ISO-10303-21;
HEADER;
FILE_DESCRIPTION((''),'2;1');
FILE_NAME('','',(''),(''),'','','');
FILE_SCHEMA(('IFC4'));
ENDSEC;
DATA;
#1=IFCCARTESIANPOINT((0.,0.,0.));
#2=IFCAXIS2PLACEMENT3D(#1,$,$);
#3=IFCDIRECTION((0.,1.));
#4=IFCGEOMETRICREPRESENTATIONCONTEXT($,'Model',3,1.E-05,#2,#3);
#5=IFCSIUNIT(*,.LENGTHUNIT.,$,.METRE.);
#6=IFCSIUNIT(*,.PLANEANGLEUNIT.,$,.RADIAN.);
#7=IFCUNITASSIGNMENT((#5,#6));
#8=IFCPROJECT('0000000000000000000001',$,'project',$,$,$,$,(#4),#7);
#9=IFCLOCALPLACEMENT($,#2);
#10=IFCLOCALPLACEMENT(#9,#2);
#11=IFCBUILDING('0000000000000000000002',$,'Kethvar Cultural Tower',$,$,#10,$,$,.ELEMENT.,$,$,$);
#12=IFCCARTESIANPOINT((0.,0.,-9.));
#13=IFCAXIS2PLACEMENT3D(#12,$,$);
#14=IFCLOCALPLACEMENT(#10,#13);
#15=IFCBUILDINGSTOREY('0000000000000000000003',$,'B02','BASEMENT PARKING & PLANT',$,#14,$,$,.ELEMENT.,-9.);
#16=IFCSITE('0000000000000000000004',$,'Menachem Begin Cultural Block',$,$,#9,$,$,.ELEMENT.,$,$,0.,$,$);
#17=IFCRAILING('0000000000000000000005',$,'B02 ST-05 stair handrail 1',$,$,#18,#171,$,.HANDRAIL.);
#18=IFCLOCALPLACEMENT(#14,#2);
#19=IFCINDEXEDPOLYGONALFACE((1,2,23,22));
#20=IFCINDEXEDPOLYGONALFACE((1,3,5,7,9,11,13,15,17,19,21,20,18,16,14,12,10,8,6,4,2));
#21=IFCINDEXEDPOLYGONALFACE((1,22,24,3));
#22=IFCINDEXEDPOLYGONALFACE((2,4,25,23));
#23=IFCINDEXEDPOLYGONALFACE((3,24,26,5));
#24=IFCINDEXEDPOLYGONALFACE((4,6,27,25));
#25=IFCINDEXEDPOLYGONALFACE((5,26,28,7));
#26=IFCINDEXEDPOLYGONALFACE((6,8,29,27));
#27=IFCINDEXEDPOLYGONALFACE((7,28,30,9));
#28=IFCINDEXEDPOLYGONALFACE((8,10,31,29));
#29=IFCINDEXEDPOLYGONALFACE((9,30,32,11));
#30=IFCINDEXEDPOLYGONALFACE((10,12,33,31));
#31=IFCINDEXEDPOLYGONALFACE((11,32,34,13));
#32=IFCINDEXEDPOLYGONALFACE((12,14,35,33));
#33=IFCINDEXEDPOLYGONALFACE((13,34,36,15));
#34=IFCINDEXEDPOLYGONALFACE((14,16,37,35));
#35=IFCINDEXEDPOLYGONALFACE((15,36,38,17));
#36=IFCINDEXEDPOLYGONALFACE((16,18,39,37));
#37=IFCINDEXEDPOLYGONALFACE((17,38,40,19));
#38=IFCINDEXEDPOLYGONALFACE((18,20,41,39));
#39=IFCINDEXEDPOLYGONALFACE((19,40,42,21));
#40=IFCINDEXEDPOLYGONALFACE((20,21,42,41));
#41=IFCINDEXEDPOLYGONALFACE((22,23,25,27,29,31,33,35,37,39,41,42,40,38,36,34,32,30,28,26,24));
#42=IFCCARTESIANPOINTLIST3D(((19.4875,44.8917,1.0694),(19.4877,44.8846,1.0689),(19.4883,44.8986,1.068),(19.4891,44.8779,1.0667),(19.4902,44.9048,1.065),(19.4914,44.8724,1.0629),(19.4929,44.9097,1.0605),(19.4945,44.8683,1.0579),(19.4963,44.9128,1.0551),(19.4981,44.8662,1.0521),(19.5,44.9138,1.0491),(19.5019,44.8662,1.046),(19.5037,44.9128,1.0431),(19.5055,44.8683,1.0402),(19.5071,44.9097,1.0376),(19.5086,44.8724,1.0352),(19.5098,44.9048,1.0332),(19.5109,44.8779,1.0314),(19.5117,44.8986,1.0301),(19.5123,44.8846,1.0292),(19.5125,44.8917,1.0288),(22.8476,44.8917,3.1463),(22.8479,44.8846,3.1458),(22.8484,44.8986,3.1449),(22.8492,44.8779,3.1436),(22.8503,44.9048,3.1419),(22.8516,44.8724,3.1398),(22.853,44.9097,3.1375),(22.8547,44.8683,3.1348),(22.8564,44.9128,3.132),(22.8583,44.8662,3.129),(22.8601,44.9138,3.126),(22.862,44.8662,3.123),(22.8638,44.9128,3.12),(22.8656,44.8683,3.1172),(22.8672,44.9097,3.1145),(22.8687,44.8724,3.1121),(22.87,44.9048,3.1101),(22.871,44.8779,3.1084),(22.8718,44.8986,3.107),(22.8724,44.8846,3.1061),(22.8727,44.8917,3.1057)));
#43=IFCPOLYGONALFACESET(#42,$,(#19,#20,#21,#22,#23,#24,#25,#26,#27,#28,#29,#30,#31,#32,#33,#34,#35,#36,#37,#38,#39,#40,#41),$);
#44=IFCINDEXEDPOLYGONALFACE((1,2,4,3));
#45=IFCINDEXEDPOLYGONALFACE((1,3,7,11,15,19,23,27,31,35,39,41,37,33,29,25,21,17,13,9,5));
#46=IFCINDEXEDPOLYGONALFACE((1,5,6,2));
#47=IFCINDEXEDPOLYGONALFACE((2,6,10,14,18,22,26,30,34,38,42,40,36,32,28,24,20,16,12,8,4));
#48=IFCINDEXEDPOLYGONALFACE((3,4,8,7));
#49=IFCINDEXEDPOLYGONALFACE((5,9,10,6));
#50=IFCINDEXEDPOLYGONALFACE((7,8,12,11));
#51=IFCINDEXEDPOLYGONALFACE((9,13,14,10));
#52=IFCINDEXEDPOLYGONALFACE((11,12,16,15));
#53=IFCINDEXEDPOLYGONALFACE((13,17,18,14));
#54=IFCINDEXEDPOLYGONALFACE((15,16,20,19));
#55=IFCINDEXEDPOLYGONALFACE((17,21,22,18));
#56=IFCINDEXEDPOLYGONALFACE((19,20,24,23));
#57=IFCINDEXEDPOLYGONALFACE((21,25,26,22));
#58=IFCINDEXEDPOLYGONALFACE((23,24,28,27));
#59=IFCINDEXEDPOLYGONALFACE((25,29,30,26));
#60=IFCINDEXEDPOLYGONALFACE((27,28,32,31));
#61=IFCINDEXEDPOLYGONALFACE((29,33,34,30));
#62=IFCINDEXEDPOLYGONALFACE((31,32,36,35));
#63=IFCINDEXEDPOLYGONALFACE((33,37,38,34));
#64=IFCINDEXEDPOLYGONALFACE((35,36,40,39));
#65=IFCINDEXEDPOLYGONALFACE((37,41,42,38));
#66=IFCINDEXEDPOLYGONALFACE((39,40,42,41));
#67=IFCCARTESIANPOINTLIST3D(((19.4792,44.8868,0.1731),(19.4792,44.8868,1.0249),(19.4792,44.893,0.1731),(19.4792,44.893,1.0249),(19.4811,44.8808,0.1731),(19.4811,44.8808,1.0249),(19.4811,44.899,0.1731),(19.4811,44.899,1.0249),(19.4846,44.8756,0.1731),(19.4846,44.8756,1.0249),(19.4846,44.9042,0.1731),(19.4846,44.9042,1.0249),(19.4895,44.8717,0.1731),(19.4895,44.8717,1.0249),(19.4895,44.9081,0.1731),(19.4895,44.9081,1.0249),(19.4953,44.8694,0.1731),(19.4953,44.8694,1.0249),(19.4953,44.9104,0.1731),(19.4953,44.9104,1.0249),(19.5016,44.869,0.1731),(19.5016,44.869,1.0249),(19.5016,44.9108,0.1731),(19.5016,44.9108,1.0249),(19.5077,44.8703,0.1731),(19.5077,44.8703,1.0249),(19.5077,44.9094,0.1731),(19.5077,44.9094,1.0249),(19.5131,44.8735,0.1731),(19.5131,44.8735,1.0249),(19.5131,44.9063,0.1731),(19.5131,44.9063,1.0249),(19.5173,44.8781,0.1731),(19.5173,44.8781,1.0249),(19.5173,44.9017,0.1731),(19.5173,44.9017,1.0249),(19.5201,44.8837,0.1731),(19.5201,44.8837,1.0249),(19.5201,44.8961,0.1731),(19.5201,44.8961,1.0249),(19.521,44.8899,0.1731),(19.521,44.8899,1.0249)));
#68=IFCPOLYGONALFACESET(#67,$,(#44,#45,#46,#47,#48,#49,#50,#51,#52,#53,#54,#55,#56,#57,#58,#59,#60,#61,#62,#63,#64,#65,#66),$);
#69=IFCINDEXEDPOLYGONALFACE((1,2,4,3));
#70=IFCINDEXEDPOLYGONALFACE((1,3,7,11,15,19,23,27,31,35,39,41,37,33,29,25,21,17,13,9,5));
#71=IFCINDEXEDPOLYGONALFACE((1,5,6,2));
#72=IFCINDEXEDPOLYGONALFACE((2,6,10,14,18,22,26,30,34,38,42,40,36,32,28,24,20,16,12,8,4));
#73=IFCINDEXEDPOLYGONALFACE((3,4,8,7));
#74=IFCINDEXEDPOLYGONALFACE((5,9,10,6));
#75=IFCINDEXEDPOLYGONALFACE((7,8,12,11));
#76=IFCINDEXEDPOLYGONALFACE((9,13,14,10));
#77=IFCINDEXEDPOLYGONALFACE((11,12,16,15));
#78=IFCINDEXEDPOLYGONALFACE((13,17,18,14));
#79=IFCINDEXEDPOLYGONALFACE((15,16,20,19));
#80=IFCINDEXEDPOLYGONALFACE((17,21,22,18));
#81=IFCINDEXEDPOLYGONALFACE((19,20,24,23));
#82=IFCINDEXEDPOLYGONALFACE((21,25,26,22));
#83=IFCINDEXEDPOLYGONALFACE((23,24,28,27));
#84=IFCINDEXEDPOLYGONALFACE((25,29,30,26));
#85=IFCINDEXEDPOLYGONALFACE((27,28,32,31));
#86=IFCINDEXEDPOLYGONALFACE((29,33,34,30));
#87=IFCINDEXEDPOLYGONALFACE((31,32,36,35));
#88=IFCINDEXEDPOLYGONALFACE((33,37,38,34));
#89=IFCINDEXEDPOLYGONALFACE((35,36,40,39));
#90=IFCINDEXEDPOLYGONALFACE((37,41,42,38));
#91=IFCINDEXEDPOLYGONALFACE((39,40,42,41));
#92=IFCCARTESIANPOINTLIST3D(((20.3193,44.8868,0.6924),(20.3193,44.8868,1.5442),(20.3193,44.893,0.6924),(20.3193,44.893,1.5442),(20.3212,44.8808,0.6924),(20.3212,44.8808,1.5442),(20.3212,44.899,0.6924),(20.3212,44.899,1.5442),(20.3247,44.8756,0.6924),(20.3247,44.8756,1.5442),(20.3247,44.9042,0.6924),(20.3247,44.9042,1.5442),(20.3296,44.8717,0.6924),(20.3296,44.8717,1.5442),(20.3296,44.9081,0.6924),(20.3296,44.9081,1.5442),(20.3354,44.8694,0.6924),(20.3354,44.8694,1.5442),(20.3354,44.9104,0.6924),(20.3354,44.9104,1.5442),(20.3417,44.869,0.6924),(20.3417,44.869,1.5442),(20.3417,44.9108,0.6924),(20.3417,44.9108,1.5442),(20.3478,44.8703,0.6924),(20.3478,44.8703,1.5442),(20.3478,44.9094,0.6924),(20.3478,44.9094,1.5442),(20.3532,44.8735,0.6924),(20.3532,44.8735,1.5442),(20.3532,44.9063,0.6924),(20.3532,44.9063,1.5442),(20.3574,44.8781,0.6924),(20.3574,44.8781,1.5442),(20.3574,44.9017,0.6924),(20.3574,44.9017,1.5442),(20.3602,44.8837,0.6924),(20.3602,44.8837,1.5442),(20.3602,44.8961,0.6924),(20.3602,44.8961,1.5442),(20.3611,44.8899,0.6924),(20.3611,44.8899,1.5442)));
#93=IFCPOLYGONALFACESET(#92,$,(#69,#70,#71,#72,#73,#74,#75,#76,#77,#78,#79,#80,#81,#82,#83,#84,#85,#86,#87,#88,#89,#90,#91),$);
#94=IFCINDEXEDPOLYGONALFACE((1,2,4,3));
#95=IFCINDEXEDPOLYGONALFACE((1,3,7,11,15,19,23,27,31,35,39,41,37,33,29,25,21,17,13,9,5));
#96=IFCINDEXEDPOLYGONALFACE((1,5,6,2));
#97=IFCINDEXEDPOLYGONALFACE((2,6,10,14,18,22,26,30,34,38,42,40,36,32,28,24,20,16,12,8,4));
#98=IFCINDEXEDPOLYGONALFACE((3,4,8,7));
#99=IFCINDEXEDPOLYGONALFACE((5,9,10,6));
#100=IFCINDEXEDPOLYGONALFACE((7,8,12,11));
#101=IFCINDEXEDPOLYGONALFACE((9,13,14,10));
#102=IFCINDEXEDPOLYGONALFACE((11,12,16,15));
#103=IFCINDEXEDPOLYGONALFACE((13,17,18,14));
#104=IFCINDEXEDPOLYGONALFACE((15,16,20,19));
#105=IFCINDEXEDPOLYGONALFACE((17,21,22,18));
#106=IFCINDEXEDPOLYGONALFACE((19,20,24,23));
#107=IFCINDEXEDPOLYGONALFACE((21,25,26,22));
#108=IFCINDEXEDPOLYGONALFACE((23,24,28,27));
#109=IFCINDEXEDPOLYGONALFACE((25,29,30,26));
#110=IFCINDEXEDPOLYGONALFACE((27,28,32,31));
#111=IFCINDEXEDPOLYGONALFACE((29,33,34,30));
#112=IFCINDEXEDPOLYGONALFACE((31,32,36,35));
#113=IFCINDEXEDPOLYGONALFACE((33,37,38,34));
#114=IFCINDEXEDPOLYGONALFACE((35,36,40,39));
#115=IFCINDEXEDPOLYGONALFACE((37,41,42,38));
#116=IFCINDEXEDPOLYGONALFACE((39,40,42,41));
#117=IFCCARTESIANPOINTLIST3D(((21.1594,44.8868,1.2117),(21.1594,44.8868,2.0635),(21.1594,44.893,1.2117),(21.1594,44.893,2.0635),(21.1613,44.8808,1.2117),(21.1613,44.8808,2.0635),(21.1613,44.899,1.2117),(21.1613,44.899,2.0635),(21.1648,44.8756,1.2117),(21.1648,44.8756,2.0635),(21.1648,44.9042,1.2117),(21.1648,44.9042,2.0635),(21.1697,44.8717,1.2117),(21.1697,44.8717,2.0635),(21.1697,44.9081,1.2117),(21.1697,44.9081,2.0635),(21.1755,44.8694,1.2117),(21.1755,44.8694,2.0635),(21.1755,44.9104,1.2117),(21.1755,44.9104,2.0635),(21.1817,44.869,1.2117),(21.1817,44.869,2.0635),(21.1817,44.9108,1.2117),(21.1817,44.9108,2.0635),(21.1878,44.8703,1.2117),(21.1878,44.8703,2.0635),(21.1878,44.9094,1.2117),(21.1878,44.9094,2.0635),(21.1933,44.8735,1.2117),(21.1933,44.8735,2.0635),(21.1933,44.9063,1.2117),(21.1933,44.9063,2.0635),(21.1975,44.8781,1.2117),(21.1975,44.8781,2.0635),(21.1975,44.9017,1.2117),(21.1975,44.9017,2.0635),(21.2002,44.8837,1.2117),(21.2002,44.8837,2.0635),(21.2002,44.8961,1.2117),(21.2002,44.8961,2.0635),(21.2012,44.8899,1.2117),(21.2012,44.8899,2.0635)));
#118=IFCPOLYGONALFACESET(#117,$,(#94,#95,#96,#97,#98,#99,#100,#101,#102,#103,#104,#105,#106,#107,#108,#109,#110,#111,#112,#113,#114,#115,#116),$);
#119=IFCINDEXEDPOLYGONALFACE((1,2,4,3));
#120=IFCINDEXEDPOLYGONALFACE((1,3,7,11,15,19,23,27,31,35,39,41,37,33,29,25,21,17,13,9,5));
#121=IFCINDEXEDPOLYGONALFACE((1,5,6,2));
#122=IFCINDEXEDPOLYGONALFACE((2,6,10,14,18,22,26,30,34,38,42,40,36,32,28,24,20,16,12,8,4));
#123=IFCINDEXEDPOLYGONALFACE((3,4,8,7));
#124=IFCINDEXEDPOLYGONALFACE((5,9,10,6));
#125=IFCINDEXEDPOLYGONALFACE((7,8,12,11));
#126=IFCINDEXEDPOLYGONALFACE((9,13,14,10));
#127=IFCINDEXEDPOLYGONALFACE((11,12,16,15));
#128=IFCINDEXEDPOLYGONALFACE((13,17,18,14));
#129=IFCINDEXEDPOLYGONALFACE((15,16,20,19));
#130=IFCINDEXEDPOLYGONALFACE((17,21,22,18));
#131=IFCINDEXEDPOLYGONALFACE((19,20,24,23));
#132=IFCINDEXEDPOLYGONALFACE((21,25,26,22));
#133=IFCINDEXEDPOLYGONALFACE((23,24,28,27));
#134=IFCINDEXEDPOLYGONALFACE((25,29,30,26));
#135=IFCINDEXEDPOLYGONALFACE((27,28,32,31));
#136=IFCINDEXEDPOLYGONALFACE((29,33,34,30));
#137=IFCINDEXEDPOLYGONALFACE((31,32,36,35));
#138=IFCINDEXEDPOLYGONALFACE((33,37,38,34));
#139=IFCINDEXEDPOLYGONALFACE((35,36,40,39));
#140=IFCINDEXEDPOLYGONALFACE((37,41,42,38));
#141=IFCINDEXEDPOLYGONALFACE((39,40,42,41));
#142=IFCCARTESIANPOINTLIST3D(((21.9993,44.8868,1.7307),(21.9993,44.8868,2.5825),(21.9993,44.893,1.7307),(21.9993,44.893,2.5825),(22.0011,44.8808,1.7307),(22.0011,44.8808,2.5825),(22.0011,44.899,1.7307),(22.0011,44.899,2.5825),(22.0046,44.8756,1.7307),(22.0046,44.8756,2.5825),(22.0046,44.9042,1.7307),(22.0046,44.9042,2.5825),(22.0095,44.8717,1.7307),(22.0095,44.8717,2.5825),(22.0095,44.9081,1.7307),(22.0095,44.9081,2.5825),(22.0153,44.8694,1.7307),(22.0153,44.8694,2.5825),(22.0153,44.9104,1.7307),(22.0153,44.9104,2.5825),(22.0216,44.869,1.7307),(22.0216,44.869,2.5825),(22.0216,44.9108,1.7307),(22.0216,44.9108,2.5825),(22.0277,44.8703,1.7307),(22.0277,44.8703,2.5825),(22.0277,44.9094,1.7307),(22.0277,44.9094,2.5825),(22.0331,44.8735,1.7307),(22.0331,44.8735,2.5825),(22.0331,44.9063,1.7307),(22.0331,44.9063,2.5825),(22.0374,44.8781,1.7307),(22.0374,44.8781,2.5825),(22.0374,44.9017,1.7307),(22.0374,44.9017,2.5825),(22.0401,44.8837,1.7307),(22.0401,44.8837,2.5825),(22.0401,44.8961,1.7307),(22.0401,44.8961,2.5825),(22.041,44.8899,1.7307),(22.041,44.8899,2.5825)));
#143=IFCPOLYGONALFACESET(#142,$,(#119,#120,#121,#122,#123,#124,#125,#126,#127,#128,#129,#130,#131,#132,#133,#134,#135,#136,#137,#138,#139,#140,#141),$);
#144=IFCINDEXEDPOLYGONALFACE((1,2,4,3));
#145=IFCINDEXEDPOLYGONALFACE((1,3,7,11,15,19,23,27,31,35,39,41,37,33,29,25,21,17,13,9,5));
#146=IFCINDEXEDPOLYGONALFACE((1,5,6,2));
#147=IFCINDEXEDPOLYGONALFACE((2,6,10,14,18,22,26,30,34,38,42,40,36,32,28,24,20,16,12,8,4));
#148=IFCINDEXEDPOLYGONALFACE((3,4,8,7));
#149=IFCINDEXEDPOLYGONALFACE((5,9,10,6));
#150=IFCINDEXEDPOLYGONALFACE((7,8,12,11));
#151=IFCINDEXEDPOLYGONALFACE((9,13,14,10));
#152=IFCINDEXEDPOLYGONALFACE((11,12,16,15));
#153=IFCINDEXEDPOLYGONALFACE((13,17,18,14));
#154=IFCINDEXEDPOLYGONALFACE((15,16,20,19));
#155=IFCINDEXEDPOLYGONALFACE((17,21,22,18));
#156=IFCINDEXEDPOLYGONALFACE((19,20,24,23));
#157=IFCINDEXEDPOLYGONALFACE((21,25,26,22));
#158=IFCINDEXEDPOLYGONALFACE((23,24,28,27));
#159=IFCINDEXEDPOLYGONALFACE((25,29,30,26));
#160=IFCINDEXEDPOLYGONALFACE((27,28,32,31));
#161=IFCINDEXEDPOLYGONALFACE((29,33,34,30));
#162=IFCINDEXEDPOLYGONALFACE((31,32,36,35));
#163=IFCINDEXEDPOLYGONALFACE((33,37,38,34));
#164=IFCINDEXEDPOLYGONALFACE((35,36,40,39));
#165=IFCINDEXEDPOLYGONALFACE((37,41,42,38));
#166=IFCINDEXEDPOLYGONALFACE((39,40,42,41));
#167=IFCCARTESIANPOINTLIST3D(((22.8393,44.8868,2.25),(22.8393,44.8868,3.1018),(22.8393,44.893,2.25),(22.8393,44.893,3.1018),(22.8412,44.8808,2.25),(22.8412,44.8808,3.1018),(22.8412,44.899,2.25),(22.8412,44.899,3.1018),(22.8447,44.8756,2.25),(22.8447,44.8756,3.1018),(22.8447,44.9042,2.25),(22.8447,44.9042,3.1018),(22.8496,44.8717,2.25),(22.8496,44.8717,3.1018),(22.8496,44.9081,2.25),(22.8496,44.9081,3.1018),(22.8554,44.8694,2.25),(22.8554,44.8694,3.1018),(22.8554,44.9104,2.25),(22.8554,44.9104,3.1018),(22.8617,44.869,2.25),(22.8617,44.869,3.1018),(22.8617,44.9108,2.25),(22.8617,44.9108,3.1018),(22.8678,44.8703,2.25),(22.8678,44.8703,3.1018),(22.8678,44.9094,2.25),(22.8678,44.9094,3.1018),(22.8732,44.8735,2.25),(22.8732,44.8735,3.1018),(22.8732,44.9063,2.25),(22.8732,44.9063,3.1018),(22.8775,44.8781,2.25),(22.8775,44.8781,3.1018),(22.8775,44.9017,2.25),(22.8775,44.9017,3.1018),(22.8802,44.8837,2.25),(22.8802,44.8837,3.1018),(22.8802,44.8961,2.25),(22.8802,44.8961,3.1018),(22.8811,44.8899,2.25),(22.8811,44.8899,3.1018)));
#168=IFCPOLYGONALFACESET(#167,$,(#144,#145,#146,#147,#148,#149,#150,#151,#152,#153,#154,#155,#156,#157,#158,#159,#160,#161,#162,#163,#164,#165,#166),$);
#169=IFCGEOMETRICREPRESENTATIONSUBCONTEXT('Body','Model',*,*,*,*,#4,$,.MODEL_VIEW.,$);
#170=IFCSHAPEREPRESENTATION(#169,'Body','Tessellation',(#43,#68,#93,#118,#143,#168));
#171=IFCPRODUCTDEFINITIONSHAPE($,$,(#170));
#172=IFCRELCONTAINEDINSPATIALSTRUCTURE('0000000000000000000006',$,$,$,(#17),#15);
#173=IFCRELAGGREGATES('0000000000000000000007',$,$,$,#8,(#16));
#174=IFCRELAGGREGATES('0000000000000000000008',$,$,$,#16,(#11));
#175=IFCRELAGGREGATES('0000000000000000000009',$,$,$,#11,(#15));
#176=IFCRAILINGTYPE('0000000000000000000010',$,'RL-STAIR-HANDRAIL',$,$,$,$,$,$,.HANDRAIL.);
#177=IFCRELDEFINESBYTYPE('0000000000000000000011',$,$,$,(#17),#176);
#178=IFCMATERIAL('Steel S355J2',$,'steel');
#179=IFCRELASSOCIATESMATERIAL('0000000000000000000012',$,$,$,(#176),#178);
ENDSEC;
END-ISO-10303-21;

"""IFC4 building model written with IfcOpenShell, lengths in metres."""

from ifc_helpers import new_model, si_unit, direction, frame, origin, origin_2d, place, context, subcontext, project, spatial, circle, extrude, material, type_object, element, save


model = new_model("IFC4")

# Units and contexts
model_context = context("Model", 3, precision=1e-05, world=origin(), true_north=direction((0.0, 1.0)))
body_context = subcontext(model_context, "Body", "Model", "MODEL_VIEW")
ifc_project = project(units=[si_unit("LENGTHUNIT", "METRE"), si_unit("PLANEANGLEUNIT", "RADIAN")], contexts=[model_context])

# Site, building, storey
site_placement = place(None, origin())
site = spatial("IfcSite", under=ifc_project, at=site_placement, Name="Menachem Begin Cultural Block", CompositionType="ELEMENT", RefElevation=0.0)
building_placement = place(site_placement, origin())
building = spatial("IfcBuilding", under=site, at=building_placement, Name="Kethvar Cultural Tower", CompositionType="ELEMENT")
storey_placement = place(building_placement, frame((0.0, 0.0, -9.0)))
storey = spatial("IfcBuildingStorey", under=building, at=storey_placement, Name="B02", Description="BASEMENT PARKING & PLANT", CompositionType="ELEMENT", Elevation=-9.0)

# Shared definitions
ifc_material_1 = material(Name="Steel S355J2", Category="steel")

# Railing
railing_type_1 = type_object("IfcRailingType", Name="RL-STAIR-HANDRAIL", PredefinedType="HANDRAIL", material=ifc_material_1)
railing_1_placement = place(storey_placement, frame((19.5, 44.8899, 0.1731)))
element("IfcRailing", 1, at=railing_1_placement, inside=storey, type_object=railing_type_1, Name="B02 ST-05 stair handrail 1", PredefinedType="HANDRAIL", context=body_context, shape_type="SweptSolid", body=[
    extrude(circle(Radius=0.0239, at=origin_2d()), frame((0.0, 0.0, 0.876), z_axis=(0.850623, 0.0, 0.525776), x_axis=(0.0, 1.0, 0.0)), (0.0, 0.0, 1.0), 3.9502),
    extrude(circle(Radius=0.021, at=origin_2d()), origin(), (0.0, 0.0, 1.0), 0.8518),
    extrude(circle(Radius=0.021, at=origin_2d()), frame((0.8401, 0.0, 0.5193)), (0.0, 0.0, 1.0), 0.8518),
    extrude(circle(Radius=0.021, at=origin_2d()), frame((1.6802, 0.0, 1.0386)), (0.0, 0.0, 1.0), 0.8518),
    extrude(circle(Radius=0.021, at=origin_2d()), frame((2.52, 0.0, 1.5576)), (0.0, 0.0, 1.0), 0.8518),
    extrude(circle(Radius=0.021, at=origin_2d()), frame((3.3601, 0.0, 2.0769)), (0.0, 0.0, 1.0), 0.8518),
])

save(model, "model.ifc")
